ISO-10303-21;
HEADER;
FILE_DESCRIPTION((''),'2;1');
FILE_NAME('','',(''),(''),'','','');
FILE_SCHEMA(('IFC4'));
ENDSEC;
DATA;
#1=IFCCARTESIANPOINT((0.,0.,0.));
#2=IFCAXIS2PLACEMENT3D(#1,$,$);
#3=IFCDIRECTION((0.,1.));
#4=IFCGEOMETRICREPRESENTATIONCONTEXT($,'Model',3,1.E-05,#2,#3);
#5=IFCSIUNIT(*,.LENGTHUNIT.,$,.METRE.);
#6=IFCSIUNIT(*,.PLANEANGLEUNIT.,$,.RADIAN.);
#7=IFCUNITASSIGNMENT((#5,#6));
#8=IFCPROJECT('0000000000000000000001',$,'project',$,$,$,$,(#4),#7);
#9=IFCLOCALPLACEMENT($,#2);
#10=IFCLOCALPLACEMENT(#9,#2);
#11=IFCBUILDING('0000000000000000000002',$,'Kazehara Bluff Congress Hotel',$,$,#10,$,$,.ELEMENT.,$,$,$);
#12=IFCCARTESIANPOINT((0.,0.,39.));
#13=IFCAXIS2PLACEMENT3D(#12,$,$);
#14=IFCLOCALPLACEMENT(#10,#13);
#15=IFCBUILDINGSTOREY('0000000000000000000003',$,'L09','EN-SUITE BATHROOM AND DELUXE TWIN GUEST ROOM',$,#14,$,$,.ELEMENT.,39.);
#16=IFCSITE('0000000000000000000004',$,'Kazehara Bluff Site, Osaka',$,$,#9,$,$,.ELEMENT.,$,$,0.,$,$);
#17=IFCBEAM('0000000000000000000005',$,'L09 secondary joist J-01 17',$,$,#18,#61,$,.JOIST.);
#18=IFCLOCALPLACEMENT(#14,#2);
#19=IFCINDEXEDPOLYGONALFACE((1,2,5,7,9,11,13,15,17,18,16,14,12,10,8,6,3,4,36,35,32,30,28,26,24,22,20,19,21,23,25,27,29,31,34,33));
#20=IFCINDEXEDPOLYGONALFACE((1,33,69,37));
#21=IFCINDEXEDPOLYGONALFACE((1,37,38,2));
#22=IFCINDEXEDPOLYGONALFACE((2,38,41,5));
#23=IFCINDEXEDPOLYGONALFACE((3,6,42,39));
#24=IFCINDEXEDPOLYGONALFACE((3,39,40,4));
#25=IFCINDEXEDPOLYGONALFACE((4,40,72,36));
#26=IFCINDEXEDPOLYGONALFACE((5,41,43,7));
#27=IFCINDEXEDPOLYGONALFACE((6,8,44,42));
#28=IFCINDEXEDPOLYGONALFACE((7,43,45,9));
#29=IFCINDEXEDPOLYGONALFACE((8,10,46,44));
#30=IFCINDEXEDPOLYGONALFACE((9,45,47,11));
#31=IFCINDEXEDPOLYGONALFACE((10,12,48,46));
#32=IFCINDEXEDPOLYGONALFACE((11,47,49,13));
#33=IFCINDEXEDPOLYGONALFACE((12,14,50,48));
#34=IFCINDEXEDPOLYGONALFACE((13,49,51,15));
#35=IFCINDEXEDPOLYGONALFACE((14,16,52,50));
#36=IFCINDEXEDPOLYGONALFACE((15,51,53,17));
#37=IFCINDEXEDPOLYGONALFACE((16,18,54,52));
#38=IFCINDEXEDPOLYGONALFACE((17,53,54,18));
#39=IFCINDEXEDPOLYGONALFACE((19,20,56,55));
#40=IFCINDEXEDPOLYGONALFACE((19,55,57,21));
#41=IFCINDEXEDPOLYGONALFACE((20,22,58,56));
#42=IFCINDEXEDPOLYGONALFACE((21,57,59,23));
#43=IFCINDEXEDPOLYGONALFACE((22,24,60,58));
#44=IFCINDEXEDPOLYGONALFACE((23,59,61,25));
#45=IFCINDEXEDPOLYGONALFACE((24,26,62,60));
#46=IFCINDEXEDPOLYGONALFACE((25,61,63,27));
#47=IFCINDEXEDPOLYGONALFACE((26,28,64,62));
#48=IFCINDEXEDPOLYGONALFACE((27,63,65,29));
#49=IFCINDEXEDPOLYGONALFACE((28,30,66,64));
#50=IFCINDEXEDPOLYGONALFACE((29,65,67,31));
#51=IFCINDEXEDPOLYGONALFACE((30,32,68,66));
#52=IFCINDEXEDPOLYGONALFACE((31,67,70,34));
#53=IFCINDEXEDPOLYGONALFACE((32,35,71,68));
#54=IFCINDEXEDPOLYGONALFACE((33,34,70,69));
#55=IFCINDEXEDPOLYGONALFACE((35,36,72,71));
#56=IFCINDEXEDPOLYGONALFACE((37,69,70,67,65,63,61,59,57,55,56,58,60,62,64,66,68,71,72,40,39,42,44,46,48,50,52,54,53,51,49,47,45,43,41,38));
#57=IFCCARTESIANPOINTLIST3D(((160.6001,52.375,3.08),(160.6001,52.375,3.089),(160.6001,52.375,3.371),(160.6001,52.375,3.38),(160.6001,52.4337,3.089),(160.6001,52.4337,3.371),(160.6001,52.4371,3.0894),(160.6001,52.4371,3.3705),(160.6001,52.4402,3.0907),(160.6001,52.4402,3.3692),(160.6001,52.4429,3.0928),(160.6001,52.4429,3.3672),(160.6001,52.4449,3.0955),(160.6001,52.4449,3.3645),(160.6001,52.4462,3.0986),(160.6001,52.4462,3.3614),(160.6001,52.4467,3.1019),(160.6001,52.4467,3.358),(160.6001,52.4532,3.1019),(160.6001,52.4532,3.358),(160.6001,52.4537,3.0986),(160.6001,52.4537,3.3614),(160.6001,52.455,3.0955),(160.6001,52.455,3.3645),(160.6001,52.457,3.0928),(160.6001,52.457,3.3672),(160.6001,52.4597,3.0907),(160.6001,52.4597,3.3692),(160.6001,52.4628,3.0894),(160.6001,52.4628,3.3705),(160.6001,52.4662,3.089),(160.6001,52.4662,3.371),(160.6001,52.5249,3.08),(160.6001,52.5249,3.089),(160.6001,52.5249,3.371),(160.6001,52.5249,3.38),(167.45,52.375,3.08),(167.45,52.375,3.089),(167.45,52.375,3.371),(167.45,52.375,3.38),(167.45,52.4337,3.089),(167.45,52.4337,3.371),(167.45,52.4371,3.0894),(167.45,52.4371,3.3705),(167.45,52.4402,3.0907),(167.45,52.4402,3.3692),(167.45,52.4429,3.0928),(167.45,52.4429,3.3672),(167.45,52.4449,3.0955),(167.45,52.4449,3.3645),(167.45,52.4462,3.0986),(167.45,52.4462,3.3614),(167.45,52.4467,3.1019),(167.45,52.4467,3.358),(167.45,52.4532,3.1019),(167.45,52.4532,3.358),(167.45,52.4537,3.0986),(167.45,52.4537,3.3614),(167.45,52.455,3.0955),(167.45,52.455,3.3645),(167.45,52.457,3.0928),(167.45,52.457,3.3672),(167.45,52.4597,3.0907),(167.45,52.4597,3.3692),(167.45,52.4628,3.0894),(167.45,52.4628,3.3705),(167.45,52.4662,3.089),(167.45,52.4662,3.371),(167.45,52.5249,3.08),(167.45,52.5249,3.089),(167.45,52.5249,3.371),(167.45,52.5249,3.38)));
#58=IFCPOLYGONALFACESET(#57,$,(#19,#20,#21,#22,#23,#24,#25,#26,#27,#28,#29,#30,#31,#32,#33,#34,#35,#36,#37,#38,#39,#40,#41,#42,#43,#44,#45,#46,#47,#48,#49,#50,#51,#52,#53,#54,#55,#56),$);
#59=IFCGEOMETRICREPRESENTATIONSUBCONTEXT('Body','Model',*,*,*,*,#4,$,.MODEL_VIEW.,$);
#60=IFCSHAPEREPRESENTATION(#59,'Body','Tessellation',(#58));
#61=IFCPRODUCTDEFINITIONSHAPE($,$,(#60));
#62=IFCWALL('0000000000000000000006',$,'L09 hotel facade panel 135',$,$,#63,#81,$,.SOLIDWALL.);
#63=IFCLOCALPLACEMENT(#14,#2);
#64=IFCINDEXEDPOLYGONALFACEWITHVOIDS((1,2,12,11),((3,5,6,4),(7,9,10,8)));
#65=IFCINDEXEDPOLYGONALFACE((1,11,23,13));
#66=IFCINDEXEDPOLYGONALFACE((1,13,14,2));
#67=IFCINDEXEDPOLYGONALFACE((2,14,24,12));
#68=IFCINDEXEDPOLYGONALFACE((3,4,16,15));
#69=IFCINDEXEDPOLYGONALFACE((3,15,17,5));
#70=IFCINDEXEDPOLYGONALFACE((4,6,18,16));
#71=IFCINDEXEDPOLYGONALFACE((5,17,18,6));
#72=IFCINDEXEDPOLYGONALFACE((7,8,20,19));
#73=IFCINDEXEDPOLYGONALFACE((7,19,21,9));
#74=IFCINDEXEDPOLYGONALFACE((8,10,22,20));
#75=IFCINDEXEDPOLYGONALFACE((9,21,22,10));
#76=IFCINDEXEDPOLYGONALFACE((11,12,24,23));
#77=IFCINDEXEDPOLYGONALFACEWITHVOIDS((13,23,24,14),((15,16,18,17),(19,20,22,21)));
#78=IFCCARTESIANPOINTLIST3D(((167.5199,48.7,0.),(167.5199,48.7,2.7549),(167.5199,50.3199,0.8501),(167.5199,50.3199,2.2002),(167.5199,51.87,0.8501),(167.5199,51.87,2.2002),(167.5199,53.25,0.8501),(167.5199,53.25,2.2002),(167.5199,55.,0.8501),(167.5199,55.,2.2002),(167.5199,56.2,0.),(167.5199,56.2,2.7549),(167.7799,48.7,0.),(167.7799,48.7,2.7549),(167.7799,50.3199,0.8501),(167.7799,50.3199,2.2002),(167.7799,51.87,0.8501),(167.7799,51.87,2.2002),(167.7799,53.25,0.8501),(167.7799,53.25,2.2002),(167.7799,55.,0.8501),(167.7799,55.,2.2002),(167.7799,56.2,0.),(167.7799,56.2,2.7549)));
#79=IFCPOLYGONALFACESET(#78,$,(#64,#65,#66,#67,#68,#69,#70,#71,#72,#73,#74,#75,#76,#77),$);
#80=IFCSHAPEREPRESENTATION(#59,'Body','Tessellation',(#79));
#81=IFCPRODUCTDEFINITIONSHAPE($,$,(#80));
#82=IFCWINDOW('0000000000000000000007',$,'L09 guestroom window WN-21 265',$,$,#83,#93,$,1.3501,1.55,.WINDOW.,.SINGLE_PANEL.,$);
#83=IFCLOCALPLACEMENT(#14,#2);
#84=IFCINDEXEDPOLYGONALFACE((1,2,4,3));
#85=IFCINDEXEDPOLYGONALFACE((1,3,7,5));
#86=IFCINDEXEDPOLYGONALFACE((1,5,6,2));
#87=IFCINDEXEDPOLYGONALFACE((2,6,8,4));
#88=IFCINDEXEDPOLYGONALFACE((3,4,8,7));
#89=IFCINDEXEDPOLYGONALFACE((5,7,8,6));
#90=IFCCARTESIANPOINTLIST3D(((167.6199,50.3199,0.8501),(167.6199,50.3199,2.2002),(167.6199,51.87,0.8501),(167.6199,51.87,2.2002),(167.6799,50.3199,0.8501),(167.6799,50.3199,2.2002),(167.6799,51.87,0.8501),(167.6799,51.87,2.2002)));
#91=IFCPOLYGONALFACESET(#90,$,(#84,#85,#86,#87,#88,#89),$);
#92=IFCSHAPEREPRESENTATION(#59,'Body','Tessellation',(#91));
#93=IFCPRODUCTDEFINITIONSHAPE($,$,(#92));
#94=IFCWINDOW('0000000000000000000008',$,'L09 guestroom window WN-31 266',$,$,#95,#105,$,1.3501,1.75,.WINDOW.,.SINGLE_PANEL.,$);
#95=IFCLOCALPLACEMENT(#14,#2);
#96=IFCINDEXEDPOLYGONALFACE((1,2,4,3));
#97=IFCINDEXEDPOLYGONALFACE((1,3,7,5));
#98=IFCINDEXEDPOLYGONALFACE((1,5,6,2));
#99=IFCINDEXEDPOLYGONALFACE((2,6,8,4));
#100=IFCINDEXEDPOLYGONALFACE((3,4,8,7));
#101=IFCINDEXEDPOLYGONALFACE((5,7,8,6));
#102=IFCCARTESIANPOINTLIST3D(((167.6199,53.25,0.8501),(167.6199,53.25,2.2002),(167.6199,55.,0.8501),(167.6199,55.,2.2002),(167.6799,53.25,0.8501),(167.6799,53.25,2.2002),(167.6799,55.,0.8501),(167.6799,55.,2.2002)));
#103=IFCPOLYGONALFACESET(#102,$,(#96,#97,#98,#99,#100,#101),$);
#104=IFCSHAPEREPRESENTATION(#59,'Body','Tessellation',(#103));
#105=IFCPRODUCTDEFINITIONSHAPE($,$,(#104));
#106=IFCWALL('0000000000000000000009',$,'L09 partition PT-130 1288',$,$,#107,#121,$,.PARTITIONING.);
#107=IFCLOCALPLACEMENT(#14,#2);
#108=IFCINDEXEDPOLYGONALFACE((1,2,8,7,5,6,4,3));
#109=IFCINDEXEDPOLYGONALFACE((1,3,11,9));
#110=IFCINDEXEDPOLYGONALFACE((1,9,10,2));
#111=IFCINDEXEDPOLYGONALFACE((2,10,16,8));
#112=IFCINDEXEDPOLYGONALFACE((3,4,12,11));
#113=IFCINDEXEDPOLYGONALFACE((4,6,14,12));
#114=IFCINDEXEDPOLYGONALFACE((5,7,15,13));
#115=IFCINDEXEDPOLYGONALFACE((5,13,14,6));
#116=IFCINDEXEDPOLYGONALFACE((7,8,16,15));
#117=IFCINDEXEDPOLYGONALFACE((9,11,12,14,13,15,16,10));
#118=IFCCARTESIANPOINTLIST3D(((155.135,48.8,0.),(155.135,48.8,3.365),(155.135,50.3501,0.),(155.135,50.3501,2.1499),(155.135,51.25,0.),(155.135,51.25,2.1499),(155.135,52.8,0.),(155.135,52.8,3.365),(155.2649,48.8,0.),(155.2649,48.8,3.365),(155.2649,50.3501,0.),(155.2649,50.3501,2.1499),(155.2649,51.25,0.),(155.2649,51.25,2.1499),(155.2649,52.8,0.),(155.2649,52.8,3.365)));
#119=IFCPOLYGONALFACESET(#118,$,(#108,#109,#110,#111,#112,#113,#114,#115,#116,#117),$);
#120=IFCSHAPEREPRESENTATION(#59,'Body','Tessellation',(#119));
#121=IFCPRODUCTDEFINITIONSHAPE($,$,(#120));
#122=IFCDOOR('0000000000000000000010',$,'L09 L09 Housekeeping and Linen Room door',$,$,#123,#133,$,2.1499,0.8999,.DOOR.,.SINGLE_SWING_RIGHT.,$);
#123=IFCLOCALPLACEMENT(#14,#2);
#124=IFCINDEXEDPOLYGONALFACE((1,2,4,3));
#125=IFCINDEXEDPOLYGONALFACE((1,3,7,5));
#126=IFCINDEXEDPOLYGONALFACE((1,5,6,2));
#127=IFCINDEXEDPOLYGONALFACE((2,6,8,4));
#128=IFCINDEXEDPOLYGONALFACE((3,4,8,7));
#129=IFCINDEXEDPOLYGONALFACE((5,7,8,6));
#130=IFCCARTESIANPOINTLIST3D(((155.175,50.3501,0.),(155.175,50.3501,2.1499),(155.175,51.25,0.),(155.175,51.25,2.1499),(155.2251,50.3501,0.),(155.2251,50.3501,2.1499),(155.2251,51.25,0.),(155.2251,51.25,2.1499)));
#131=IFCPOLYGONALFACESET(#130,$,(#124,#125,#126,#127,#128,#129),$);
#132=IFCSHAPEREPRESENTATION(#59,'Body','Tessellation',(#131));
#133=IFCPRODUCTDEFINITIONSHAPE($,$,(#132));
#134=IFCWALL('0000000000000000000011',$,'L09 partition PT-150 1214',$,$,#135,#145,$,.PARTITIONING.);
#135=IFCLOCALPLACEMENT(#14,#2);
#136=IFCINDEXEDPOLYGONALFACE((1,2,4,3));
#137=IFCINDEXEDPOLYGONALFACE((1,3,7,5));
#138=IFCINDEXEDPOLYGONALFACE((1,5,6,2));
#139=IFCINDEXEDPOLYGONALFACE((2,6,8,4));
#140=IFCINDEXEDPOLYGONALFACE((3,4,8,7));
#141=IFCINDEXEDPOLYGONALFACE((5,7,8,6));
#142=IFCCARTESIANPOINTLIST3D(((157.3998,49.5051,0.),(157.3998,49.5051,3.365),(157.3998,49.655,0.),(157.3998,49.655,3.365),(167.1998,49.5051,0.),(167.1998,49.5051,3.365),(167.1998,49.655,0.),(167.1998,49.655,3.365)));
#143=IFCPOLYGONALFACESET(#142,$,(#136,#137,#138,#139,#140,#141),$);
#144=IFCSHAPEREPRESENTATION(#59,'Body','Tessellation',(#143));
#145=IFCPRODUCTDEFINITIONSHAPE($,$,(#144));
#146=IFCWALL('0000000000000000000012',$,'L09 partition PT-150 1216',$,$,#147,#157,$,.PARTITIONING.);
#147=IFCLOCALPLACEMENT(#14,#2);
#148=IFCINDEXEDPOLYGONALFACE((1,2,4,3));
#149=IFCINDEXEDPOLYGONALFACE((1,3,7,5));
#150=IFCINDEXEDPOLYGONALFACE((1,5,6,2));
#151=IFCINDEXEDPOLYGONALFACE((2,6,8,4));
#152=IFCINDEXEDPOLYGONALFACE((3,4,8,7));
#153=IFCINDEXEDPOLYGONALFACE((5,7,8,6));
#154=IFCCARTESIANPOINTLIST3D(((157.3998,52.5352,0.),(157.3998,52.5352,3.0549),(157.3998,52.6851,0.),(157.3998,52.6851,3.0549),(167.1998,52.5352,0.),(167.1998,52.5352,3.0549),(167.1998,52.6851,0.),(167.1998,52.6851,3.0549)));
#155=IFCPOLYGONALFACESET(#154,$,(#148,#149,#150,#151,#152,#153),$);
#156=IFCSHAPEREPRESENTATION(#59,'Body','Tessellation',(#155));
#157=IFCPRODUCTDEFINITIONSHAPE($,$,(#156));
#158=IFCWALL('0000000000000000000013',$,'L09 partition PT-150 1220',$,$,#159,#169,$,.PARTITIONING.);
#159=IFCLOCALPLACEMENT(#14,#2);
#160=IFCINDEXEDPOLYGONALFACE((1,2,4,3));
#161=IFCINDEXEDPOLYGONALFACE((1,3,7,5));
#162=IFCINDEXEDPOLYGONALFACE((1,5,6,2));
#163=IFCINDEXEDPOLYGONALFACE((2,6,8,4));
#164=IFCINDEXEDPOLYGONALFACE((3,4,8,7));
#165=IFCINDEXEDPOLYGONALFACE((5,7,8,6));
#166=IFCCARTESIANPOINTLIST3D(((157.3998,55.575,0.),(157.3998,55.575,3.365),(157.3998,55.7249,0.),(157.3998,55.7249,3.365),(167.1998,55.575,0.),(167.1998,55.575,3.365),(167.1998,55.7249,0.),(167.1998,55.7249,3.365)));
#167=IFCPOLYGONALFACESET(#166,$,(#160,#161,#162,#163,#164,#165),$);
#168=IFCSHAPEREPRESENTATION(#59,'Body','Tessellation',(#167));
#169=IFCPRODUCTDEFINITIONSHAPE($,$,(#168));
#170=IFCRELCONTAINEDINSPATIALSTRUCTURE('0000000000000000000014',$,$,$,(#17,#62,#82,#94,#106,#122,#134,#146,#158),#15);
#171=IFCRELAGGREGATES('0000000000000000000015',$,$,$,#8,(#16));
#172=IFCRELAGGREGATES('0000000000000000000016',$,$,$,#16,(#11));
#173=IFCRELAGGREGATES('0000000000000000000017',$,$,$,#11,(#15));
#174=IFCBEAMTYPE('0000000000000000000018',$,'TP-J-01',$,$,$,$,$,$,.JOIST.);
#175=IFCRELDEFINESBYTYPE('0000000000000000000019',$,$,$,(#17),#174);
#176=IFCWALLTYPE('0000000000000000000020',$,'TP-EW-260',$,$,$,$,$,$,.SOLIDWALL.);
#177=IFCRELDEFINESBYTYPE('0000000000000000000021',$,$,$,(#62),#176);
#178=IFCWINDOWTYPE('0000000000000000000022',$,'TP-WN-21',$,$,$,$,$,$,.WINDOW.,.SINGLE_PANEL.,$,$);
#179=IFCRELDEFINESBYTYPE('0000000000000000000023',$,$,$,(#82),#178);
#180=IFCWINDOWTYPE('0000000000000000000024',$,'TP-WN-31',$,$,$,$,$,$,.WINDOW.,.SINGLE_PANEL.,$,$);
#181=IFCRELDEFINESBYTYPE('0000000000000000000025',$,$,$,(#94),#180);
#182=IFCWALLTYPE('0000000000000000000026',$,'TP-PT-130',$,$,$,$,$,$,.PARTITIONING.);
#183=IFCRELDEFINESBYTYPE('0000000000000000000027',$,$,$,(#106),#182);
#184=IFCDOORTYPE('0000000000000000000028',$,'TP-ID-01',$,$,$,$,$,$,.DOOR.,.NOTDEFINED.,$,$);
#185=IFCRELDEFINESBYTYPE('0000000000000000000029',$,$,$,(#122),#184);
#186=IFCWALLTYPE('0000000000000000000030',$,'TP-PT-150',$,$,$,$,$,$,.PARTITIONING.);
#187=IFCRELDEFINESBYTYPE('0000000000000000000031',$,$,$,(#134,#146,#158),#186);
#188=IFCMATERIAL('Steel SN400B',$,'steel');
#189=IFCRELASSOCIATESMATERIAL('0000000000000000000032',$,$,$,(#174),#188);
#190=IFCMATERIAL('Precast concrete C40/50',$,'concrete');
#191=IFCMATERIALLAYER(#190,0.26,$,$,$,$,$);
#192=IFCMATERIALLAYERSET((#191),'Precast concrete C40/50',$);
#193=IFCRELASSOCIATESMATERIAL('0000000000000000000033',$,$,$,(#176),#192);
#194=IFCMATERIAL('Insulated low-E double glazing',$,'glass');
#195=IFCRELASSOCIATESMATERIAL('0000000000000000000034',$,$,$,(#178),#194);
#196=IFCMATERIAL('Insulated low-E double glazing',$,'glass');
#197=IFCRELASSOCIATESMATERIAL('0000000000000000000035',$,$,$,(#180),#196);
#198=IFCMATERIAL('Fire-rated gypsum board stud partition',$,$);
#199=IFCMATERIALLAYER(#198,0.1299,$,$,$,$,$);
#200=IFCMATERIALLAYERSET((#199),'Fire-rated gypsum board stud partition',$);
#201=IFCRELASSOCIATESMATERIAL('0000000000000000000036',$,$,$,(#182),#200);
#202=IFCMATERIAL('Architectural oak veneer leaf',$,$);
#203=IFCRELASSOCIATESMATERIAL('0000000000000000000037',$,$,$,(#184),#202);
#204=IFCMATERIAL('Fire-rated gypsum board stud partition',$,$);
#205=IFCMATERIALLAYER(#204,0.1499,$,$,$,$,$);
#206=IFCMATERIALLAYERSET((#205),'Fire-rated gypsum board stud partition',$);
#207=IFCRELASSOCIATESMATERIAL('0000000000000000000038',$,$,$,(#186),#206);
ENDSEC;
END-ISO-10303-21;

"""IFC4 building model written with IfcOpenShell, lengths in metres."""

from ifc_helpers import new_model, si_unit, direction, frame, frame_2d, origin, origin_2d, place, context, subcontext, project, spatial, rectangle, i_section, extrude, material, layer, layer_set, material_profile, profile_set, type_object, element, fill, save


model = new_model("IFC4")

# Units and contexts
model_context = context("Model", 3, precision=1e-05, world=origin(), true_north=direction((0.0, 1.0)))
body_context = subcontext(model_context, "Body", "Model", "MODEL_VIEW")
ifc_project = project(units=[si_unit("LENGTHUNIT", "METRE"), si_unit("PLANEANGLEUNIT", "RADIAN")], contexts=[model_context])

# Site, building, storey
site_placement = place(None, origin())
site = spatial("IfcSite", under=ifc_project, at=site_placement, Name="Kazehara Bluff Site, Osaka", CompositionType="ELEMENT", RefElevation=0.0)
building_placement = place(site_placement, origin())
building = spatial("IfcBuilding", under=site, at=building_placement, Name="Kazehara Bluff Congress Hotel", CompositionType="ELEMENT")
storey_placement = place(building_placement, frame((0.0, 0.0, 39.0)))
storey = spatial("IfcBuildingStorey", under=building, at=storey_placement, Name="L09", Description="EN-SUITE BATHROOM AND DELUXE TWIN GUEST ROOM", CompositionType="ELEMENT", Elevation=39.0)

# Beam
ifc_material_1 = material(Name="Steel SN400B", Category="steel")
ifc_material_profile_1 = material_profile(ifc_material_1, i_section(OverallWidth=0.1499, OverallDepth=0.3, WebThickness=0.0066, FlangeThickness=0.009, FilletRadius=0.0129, at=origin_2d()))
ifc_profile_set_1 = profile_set([ifc_material_profile_1], Name="Steel SN400B")
beam_type_1 = type_object("IfcBeamType", Name="TP-J-01", PredefinedType="JOIST", material=ifc_profile_set_1)
beam_1_placement = place(storey_placement, frame((160.6001, 52.45, 3.23), z_axis=(1.0, 0.0, 0.0), x_axis=(0.0, 1.0, 0.0)))
element("IfcBeam", 1, at=beam_1_placement, inside=storey, type_object=beam_type_1, Name="L09 secondary joist J-01 17", PredefinedType="JOIST", context=body_context, shape_type="SweptSolid", body=[
    extrude(i_section(OverallWidth=0.1499, OverallDepth=0.3, WebThickness=0.0066, FlangeThickness=0.009, FilletRadius=0.0129, at=origin_2d()), origin(), (0.0, 0.0, 1.0), 6.8499),
])

# Wall, openings, windows
ifc_material_2 = material(Name="Precast concrete C40/50", Category="concrete")
ifc_layer_1 = layer(ifc_material_2, 0.26)
ifc_layer_set_1 = layer_set([ifc_layer_1], Name="Precast concrete C40/50")
wall_type_1 = type_object("IfcWallType", Name="TP-EW-260", PredefinedType="SOLIDWALL", material=ifc_layer_set_1)
wall_1_placement = place(storey_placement, frame((167.6499, 56.2, 0.0), z_axis=(0.0, 0.0, 1.0), x_axis=(0.0, -1.0, 0.0)))
wall_1 = element("IfcWall", 2, at=wall_1_placement, inside=storey, type_object=wall_type_1, Name="L09 hotel facade panel 135", PredefinedType="SOLIDWALL", context=body_context, shape_type="SweptSolid", body=[
    extrude(rectangle(XDim=7.5, YDim=0.26, at=frame_2d((3.75, 0.0))), origin(), (0.0, 0.0, 1.0), 2.7549),
])
opening_1_placement = place(wall_1_placement, frame((4.3301, 0.0, 0.8501)))
opening_1 = element("IfcOpeningElement", 3, at=opening_1_placement, cuts=wall_1, PredefinedType="OPENING", context=body_context, shape_type="SweptSolid", body=[
    extrude(rectangle(XDim=1.55, YDim=1.3501, at=frame_2d((0.7749, 0.675))), frame((0.0, 0.1399, 0.0), z_axis=(0.0, -1.0, 0.0), x_axis=(1.0, 0.0, 0.0)), (0.0, 0.0, 1.0), 0.28),
])
opening_2_placement = place(wall_1_placement, frame((1.2, 0.0, 0.8501)))
opening_2 = element("IfcOpeningElement", 4, at=opening_2_placement, cuts=wall_1, PredefinedType="OPENING", context=body_context, shape_type="SweptSolid", body=[
    extrude(rectangle(XDim=1.75, YDim=1.3501, at=frame_2d((0.875, 0.675))), frame((0.0, 0.1399, 0.0), z_axis=(0.0, -1.0, 0.0), x_axis=(1.0, 0.0, 0.0)), (0.0, 0.0, 1.0), 0.28),
])
ifc_material_3 = material(Name="Insulated low-E double glazing", Category="glass")
window_type_1 = type_object("IfcWindowType", Name="TP-WN-21", PartitioningType="SINGLE_PANEL", PredefinedType="WINDOW", material=ifc_material_3)
window_1_placement = place(opening_1_placement, origin())
window_1 = element("IfcWindow", 5, at=window_1_placement, inside=storey, type_object=window_type_1, Name="L09 guestroom window WN-21 265", OverallHeight=1.3501, OverallWidth=1.55, PartitioningType="SINGLE_PANEL", PredefinedType="WINDOW", context=body_context, shape_type="SweptSolid", body=[
    extrude(rectangle(XDim=1.55, YDim=1.3501, at=frame_2d((0.7749, 0.675))), frame((0.0, 0.03, 0.0), z_axis=(0.0, -1.0, 0.0), x_axis=(1.0, 0.0, 0.0)), (0.0, 0.0, 1.0), 0.0601),
])
fill(opening_1, window_1)
ifc_material_4 = material(Name="Insulated low-E double glazing", Category="glass")
window_type_2 = type_object("IfcWindowType", Name="TP-WN-31", PartitioningType="SINGLE_PANEL", PredefinedType="WINDOW", material=ifc_material_4)
window_2_placement = place(opening_2_placement, origin())
window_2 = element("IfcWindow", 6, at=window_2_placement, inside=storey, type_object=window_type_2, Name="L09 guestroom window WN-31 266", OverallHeight=1.3501, OverallWidth=1.75, PartitioningType="SINGLE_PANEL", PredefinedType="WINDOW", context=body_context, shape_type="SweptSolid", body=[
    extrude(rectangle(XDim=1.75, YDim=1.3501, at=frame_2d((0.875, 0.675))), frame((0.0, 0.03, 0.0), z_axis=(0.0, -1.0, 0.0), x_axis=(1.0, 0.0, 0.0)), (0.0, 0.0, 1.0), 0.0601),
])
fill(opening_2, window_2)

# Wall, opening, door
ifc_material_5 = material(Name="Fire-rated gypsum board stud partition")
ifc_layer_2 = layer(ifc_material_5, 0.1299)
ifc_layer_set_2 = layer_set([ifc_layer_2], Name="Fire-rated gypsum board stud partition")
wall_type_2 = type_object("IfcWallType", Name="TP-PT-130", PredefinedType="PARTITIONING", material=ifc_layer_set_2)
wall_2_placement = place(storey_placement, frame((155.2, 48.8, 0.0), z_axis=(0.0, 0.0, 1.0), x_axis=(0.0, 1.0, 0.0)))
wall_2 = element("IfcWall", 7, at=wall_2_placement, inside=storey, type_object=wall_type_2, Name="L09 partition PT-130 1288", PredefinedType="PARTITIONING", context=body_context, shape_type="SweptSolid", body=[
    extrude(rectangle(XDim=4.0, YDim=0.1299, at=frame_2d((2.0, 0.0))), origin(), (0.0, 0.0, 1.0), 3.365),
])
opening_3_placement = place(wall_2_placement, frame((1.55, 0.0, 0.0)))
opening_3 = element("IfcOpeningElement", 8, at=opening_3_placement, cuts=wall_2, PredefinedType="OPENING", context=body_context, shape_type="SweptSolid", body=[
    extrude(rectangle(XDim=0.8999, YDim=2.1499, at=frame_2d((0.45, 1.075))), frame((0.0, 0.075, 0.0), z_axis=(0.0, -1.0, 0.0), x_axis=(1.0, 0.0, 0.0)), (0.0, 0.0, 1.0), 0.1499),
])
ifc_material_6 = material(Name="Architectural oak veneer leaf")
door_type_1 = type_object("IfcDoorType", Name="TP-ID-01", OperationType="NOTDEFINED", PredefinedType="DOOR", material=ifc_material_6)
door_1_placement = place(opening_3_placement, origin())
door_1 = element("IfcDoor", 9, at=door_1_placement, inside=storey, type_object=door_type_1, Name="L09 L09 Housekeeping and Linen Room door", OperationType="SINGLE_SWING_RIGHT", OverallHeight=2.1499, OverallWidth=0.8999, PredefinedType="DOOR", context=body_context, shape_type="SweptSolid", body=[
    extrude(rectangle(XDim=0.8999, YDim=2.1499, at=frame_2d((0.45, 1.075))), frame((0.0, 0.0249, 0.0), z_axis=(0.0, -1.0, 0.0), x_axis=(1.0, 0.0, 0.0)), (0.0, 0.0, 1.0), 0.05),
])
fill(opening_3, door_1)

# Wall
ifc_material_7 = material(Name="Fire-rated gypsum board stud partition")
ifc_layer_3 = layer(ifc_material_7, 0.1499)
ifc_layer_set_3 = layer_set([ifc_layer_3], Name="Fire-rated gypsum board stud partition")
wall_type_3 = type_object("IfcWallType", Name="TP-PT-150", PredefinedType="PARTITIONING", material=ifc_layer_set_3)
wall_3_placement = place(storey_placement, frame((157.3999, 49.5801, 0.0), z_axis=(0.0, 0.0, 1.0), x_axis=(1.0, 0.0, 0.0)))
element("IfcWall", 10, at=wall_3_placement, inside=storey, type_object=wall_type_3, Name="L09 partition PT-150 1214", PredefinedType="PARTITIONING", context=body_context, shape_type="SweptSolid", body=[
    extrude(rectangle(XDim=9.8, YDim=0.1499, at=frame_2d((4.8999, 0.0))), origin(), (0.0, 0.0, 1.0), 3.365),
])

# Wall
wall_4_placement = place(storey_placement, frame((157.3999, 52.6101, 0.0), z_axis=(0.0, 0.0, 1.0), x_axis=(1.0, 0.0, 0.0)))
element("IfcWall", 11, at=wall_4_placement, inside=storey, type_object=wall_type_3, Name="L09 partition PT-150 1216", PredefinedType="PARTITIONING", context=body_context, shape_type="SweptSolid", body=[
    extrude(rectangle(XDim=9.8, YDim=0.1499, at=frame_2d((4.8999, 0.0))), origin(), (0.0, 0.0, 1.0), 3.0549),
])

# Wall
wall_5_placement = place(storey_placement, frame((157.3999, 55.6499, 0.0), z_axis=(0.0, 0.0, 1.0), x_axis=(1.0, 0.0, 0.0)))
element("IfcWall", 12, at=wall_5_placement, inside=storey, type_object=wall_type_3, Name="L09 partition PT-150 1220", PredefinedType="PARTITIONING", context=body_context, shape_type="SweptSolid", body=[
    extrude(rectangle(XDim=9.8, YDim=0.1499, at=frame_2d((4.8999, 0.0))), origin(), (0.0, 0.0, 1.0), 3.365),
])

save(model, "model.ifc")
